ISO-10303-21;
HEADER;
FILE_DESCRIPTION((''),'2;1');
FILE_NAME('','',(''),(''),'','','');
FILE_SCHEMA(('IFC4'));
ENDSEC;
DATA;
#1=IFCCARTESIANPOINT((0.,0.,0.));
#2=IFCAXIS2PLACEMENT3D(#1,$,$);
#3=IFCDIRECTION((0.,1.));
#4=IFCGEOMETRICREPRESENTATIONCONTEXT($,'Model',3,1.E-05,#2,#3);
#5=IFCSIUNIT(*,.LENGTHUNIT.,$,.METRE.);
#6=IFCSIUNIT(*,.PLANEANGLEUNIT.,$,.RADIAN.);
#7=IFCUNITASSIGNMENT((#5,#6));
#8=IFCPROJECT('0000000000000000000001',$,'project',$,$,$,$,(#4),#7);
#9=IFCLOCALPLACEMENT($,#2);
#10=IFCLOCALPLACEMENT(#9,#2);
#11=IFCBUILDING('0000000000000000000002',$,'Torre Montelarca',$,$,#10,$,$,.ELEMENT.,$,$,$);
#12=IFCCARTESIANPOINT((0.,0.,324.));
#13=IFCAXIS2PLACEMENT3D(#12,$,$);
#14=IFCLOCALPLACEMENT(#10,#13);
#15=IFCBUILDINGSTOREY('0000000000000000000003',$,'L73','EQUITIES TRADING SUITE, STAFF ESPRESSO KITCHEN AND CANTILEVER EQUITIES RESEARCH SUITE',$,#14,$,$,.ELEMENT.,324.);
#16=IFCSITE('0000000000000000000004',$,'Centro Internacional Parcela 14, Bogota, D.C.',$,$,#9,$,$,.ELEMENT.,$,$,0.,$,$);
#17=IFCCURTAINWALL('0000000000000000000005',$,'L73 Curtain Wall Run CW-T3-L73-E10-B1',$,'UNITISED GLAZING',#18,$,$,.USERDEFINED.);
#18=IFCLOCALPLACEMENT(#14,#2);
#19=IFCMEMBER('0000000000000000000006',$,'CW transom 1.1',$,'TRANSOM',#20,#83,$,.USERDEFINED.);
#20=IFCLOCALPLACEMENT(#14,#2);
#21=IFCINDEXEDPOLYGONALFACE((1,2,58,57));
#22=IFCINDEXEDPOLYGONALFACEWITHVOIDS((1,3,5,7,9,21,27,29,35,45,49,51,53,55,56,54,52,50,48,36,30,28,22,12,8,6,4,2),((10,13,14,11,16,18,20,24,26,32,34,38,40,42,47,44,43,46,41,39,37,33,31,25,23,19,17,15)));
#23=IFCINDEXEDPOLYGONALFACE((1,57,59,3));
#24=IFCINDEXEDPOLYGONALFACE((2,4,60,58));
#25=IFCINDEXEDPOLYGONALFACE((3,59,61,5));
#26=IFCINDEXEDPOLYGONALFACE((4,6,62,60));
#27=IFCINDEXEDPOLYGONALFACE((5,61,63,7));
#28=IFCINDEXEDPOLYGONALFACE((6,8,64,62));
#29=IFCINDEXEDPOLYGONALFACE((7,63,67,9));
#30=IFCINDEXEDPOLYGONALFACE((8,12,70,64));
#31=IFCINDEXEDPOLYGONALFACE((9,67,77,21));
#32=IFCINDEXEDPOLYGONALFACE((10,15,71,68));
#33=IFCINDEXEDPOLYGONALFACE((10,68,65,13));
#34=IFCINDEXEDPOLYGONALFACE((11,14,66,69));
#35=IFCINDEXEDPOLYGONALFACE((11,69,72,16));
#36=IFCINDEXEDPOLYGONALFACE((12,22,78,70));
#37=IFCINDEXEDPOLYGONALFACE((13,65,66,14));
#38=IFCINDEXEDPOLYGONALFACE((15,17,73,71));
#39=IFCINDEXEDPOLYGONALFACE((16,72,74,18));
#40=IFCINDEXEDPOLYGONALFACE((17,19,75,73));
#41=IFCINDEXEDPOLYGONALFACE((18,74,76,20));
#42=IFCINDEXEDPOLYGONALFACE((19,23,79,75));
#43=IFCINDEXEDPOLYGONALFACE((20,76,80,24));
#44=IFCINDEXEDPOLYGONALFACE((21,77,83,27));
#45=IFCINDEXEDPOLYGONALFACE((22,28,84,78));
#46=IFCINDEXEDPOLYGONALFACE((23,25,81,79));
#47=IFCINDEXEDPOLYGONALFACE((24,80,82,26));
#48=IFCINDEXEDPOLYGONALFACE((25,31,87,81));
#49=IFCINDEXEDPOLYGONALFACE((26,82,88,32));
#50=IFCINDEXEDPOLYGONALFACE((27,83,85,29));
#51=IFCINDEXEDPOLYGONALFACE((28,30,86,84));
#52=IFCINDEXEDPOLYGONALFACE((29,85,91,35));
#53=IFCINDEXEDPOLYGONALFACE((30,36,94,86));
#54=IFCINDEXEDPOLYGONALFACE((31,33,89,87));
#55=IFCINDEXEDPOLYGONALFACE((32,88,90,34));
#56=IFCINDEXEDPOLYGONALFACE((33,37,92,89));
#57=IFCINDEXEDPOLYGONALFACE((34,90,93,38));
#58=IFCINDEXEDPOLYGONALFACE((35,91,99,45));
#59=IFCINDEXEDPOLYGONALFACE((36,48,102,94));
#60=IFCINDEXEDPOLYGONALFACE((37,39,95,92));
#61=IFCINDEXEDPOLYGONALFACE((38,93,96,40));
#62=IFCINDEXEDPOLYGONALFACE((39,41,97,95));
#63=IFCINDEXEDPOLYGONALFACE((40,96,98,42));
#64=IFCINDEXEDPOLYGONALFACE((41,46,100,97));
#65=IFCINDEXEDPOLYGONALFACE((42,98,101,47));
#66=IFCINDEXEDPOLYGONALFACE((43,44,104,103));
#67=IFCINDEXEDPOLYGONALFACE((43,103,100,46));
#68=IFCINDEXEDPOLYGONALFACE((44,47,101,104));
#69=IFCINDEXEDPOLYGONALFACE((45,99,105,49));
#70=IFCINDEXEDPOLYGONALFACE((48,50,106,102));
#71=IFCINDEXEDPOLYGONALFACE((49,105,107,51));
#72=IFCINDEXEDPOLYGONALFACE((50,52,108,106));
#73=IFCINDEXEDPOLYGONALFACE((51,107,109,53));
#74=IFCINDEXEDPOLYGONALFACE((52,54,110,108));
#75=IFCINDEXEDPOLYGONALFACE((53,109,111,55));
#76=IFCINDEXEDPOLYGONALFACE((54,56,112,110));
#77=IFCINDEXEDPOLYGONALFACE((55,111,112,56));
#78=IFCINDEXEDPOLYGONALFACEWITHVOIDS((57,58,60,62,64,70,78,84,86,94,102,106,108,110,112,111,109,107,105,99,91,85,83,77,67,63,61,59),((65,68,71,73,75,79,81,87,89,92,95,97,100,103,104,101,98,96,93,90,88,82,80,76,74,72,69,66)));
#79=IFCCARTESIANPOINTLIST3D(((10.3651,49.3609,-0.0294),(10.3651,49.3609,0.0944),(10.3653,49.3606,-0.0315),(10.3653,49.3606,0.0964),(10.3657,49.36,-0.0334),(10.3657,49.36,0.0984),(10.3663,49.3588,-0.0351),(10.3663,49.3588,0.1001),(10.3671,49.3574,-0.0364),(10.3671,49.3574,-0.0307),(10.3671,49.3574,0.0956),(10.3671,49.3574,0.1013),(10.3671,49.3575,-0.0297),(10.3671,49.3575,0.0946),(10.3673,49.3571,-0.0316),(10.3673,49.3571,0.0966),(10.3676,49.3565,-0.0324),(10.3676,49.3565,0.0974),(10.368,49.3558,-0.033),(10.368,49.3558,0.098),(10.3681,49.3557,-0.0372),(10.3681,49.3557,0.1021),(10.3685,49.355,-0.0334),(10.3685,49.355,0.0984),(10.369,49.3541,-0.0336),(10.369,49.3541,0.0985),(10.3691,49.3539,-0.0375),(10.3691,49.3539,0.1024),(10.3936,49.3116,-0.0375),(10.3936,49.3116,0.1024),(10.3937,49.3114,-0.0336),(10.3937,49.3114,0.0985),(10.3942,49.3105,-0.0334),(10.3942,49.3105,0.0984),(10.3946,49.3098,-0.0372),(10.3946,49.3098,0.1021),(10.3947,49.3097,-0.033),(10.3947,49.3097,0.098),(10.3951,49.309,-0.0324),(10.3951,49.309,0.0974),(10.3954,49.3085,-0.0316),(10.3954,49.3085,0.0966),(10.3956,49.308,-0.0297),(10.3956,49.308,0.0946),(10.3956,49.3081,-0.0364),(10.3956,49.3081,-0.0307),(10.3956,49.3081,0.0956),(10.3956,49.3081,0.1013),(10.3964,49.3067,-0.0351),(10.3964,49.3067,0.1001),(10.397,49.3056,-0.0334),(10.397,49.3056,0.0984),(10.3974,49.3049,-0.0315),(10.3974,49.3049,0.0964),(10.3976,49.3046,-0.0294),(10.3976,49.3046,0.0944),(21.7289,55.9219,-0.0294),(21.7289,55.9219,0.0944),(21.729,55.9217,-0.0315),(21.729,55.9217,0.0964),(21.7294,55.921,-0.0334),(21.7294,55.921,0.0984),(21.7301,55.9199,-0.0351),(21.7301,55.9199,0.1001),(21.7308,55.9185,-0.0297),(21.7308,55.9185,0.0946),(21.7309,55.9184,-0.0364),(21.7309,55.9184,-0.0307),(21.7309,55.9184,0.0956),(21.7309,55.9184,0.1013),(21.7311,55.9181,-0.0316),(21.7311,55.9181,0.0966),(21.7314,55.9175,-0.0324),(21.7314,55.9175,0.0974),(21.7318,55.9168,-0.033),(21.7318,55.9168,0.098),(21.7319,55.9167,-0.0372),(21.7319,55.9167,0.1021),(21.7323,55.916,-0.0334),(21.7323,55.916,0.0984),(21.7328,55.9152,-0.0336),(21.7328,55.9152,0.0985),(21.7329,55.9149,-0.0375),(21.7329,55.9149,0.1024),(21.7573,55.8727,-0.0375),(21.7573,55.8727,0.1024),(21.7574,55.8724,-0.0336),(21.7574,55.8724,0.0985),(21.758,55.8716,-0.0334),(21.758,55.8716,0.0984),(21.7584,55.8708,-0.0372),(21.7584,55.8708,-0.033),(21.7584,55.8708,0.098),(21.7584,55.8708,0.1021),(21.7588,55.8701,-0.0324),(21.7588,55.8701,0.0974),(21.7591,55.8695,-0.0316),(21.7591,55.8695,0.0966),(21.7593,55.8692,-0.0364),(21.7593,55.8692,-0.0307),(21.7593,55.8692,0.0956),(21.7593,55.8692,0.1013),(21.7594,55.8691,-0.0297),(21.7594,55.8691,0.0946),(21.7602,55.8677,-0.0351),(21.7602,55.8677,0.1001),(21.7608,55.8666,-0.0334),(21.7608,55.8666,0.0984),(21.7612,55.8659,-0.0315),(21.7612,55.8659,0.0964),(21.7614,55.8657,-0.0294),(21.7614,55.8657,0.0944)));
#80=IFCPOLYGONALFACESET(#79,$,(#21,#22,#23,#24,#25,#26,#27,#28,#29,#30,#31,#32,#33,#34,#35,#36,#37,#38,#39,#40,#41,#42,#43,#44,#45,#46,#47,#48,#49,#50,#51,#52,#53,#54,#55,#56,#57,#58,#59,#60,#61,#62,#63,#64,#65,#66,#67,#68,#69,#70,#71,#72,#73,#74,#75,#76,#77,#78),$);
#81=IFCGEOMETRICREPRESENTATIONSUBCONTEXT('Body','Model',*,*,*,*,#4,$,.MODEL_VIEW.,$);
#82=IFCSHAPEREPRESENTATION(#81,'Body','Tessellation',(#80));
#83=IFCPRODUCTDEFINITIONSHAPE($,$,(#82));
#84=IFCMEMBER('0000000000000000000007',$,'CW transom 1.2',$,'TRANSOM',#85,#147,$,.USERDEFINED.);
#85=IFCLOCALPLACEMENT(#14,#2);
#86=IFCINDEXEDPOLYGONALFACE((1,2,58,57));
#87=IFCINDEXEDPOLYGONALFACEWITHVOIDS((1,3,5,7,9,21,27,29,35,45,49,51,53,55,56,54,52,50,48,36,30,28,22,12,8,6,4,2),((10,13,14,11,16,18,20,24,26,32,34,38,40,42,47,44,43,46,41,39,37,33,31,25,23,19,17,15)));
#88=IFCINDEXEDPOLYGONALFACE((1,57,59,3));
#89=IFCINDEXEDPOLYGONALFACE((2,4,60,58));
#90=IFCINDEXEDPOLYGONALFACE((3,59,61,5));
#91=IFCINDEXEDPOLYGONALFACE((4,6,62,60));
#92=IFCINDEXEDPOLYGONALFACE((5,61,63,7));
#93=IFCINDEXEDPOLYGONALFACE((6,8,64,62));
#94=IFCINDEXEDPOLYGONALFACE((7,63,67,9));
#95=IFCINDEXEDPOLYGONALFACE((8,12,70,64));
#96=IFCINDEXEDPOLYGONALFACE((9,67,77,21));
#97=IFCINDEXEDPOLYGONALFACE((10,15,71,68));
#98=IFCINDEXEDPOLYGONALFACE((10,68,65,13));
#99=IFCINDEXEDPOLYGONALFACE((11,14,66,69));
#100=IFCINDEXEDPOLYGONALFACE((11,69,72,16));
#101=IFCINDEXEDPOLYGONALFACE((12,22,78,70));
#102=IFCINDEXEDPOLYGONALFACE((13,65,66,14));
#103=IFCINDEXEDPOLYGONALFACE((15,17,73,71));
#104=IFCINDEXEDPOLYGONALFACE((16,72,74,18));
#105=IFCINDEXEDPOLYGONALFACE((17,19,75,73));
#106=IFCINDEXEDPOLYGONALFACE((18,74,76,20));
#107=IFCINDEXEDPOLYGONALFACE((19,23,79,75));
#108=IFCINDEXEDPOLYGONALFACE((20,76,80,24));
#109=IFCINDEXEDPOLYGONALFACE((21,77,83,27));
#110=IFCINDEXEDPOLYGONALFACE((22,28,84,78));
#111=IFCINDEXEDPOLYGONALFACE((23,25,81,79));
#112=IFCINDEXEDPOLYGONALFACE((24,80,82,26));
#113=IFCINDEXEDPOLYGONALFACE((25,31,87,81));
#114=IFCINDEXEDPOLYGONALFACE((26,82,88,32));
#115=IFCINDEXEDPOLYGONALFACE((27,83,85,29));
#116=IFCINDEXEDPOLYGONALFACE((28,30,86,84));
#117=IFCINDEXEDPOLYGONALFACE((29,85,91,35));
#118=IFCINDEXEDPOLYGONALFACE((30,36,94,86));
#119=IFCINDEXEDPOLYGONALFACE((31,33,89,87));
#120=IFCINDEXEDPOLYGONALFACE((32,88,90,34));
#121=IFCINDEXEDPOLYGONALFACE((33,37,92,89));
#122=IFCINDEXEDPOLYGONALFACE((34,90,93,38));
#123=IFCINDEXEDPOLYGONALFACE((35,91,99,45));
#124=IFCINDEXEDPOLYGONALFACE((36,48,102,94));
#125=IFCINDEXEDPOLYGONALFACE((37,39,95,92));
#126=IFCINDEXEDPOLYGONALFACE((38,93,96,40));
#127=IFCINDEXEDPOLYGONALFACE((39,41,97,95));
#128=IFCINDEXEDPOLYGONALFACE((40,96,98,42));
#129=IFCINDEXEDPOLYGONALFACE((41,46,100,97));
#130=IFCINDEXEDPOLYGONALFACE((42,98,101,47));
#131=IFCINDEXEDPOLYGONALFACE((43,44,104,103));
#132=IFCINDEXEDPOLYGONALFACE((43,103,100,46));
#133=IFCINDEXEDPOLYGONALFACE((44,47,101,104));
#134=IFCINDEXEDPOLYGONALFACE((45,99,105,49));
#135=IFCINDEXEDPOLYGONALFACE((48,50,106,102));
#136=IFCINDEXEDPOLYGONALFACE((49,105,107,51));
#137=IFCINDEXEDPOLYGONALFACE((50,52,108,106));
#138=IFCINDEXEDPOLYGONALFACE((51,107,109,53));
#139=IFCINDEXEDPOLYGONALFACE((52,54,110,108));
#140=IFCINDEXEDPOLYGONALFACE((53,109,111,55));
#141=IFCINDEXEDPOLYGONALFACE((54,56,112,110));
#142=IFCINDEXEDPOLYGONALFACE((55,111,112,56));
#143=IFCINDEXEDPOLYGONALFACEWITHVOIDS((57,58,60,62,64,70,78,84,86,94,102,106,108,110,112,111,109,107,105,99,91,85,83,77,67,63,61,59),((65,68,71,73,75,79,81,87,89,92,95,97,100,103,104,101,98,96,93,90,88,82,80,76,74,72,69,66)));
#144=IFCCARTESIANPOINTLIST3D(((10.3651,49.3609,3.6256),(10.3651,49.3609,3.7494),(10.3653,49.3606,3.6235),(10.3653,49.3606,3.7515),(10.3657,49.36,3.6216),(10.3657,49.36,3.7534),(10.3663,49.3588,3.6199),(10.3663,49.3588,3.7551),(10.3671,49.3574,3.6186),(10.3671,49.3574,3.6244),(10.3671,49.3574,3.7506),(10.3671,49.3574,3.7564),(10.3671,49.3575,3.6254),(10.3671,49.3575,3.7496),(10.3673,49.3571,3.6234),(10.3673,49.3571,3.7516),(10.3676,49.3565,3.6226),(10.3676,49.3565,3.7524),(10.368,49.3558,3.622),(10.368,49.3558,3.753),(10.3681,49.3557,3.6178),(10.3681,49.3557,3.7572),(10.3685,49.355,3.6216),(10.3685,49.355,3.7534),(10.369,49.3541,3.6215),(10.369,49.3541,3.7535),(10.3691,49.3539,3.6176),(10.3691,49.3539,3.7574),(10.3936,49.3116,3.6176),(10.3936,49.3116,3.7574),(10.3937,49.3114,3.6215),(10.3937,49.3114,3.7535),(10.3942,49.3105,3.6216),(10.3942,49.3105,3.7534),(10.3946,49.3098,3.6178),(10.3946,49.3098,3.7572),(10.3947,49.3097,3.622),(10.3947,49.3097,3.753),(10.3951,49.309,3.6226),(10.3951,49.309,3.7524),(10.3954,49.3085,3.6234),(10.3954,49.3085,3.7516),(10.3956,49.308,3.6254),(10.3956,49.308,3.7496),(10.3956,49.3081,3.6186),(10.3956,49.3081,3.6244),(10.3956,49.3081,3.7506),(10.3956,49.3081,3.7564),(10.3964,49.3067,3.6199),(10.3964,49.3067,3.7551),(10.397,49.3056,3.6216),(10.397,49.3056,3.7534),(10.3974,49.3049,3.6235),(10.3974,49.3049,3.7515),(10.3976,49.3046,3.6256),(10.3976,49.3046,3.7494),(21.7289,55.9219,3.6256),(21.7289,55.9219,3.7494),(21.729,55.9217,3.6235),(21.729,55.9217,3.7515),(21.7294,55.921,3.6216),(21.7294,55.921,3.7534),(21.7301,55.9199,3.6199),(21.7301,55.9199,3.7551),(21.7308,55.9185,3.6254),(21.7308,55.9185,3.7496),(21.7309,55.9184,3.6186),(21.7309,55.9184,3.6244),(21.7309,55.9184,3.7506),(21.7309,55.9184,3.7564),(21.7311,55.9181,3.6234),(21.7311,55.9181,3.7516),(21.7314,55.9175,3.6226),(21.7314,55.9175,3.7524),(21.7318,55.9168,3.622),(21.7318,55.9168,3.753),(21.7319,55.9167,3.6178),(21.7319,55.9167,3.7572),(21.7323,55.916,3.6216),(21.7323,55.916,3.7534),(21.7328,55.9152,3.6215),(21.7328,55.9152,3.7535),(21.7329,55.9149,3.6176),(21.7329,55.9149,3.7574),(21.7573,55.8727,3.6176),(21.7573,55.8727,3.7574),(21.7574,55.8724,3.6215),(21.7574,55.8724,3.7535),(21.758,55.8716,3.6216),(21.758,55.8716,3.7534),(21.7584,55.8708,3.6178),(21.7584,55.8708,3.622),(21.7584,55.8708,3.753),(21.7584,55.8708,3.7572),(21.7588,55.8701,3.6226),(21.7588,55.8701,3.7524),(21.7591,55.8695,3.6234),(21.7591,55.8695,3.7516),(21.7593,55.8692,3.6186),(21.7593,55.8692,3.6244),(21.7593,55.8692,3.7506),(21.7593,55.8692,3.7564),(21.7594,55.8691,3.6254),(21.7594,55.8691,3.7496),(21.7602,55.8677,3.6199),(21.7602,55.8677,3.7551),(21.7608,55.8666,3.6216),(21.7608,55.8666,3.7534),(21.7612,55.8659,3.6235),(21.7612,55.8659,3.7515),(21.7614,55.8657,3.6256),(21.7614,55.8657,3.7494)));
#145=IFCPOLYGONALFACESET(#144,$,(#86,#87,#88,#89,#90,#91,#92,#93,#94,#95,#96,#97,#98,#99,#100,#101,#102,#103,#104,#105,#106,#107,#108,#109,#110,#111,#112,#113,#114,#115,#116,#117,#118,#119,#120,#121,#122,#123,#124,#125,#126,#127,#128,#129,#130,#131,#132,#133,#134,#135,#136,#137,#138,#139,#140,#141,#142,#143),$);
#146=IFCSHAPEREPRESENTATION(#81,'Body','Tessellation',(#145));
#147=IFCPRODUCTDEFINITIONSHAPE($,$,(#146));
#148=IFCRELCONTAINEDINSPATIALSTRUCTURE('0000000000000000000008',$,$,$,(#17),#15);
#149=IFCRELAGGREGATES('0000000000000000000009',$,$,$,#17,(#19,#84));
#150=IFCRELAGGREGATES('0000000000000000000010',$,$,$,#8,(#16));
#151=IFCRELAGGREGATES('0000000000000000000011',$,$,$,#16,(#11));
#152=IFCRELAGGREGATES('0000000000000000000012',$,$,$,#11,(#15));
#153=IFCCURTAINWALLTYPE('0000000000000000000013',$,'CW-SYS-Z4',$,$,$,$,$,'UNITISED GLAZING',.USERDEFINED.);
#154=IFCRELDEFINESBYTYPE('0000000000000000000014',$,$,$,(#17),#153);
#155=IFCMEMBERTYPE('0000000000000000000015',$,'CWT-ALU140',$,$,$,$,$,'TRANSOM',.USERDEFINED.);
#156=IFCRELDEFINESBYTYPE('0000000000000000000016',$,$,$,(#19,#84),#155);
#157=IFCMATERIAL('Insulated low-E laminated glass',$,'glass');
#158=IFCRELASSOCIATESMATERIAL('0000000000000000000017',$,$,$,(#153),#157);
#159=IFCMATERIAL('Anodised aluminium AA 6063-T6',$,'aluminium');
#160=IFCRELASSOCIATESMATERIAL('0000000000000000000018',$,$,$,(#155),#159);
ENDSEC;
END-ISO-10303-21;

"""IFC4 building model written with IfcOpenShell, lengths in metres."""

from ifc_helpers import new_model, si_unit, direction, frame, origin, origin_2d, place, context, subcontext, project, spatial, hollow_rectangle, extrude, source, transform, mapped, material, material_profile, profile_set, type_object, element, aggregate, save


model = new_model("IFC4")

# Units and contexts
model_context = context("Model", 3, precision=1e-05, world=origin(), true_north=direction((0.0, 1.0)))
body_context = subcontext(model_context, "Body", "Model", "MODEL_VIEW")
ifc_project = project(units=[si_unit("LENGTHUNIT", "METRE"), si_unit("PLANEANGLEUNIT", "RADIAN")], contexts=[model_context])

# Site, building, storey
site_placement = place(None, origin())
site = spatial("IfcSite", under=ifc_project, at=site_placement, Name="Centro Internacional Parcela 14, Bogota, D.C.", CompositionType="ELEMENT", RefElevation=0.0)
building_placement = place(site_placement, origin())
building = spatial("IfcBuilding", under=site, at=building_placement, Name="Torre Montelarca", CompositionType="ELEMENT")
storey_placement = place(building_placement, frame((0.0, 0.0, 324.0)))
storey = spatial("IfcBuildingStorey", under=building, at=storey_placement, Name="L73", Description="EQUITIES TRADING SUITE, STAFF ESPRESSO KITCHEN AND CANTILEVER EQUITIES RESEARCH SUITE", CompositionType="ELEMENT", Elevation=324.0)

# Shared definitions
ifc_material_1 = material(Name="Insulated low-E laminated glass", Category="glass")
curtain_wall_type = type_object("IfcCurtainWallType", Name="CW-SYS-Z4", ElementType="UNITISED GLAZING", PredefinedType="USERDEFINED", material=ifc_material_1)
ifc_material_2 = material(Name="Anodised aluminium AA 6063-T6", Category="aluminium")

# Curtain wall
curtain_wall_1_placement = place(storey_placement, origin())
curtain_wall_1 = element("IfcCurtainWall", 1, at=curtain_wall_1_placement, inside=storey, type_object=curtain_wall_type, Name="L73 Curtain Wall Run CW-T3-L73-E10-B1", ObjectType="UNITISED GLAZING", PredefinedType="USERDEFINED")

# Members
ifc_material_profile_1 = material_profile(ifc_material_2, hollow_rectangle(XDim=0.0649, YDim=0.1399, WallThickness=0.0039, InnerFilletRadius=0.0039, OuterFilletRadius=0.0081, at=origin_2d()), Name="ALU65X140X4", Category="aluminium")
ifc_profile_set_1 = profile_set([ifc_material_profile_1], Name="Anodised aluminium AA 6063-T6")
member_type_1 = type_object("IfcMemberType", Name="CWT-ALU140", ElementType="TRANSOM", PredefinedType="USERDEFINED", material=ifc_profile_set_1)
shared_shape_1 = source(origin(), body_context, "Body", "SweptSolid", [
    extrude(hollow_rectangle(XDim=0.0649, YDim=0.1399, WallThickness=0.0039, InnerFilletRadius=0.0039, OuterFilletRadius=0.0081, at=origin_2d()), origin(), (0.0, 0.0, 1.0), 13.1218),
])
member_1_placement = place(storey_placement, frame((21.7451, 55.8938, 0.0325), z_axis=(-0.86602, -0.500009, 0.0), x_axis=(0.500009, -0.86602, 0.0)))
member_1 = element("IfcMember", 2, at=member_1_placement, type_object=member_type_1, Name="CW transom 1.1", ObjectType="TRANSOM", PredefinedType="USERDEFINED", context=body_context, shape_type="MappedRepresentation", body=[
    mapped(shared_shape_1, transform((0.0, 0.0, 0.0), scale=1.0)),
])
member_2_placement = place(storey_placement, frame((21.7451, 55.8938, 3.6875), z_axis=(-0.86602, -0.500009, 0.0), x_axis=(0.500009, -0.86602, 0.0)))
member_2 = element("IfcMember", 3, at=member_2_placement, type_object=member_type_1, Name="CW transom 1.2", ObjectType="TRANSOM", PredefinedType="USERDEFINED", context=body_context, shape_type="MappedRepresentation", body=[
    mapped(shared_shape_1, transform((0.0, 0.0, 0.0), scale=1.0)),
])
aggregate(curtain_wall_1, [member_1, member_2])

save(model, "model.ifc")
